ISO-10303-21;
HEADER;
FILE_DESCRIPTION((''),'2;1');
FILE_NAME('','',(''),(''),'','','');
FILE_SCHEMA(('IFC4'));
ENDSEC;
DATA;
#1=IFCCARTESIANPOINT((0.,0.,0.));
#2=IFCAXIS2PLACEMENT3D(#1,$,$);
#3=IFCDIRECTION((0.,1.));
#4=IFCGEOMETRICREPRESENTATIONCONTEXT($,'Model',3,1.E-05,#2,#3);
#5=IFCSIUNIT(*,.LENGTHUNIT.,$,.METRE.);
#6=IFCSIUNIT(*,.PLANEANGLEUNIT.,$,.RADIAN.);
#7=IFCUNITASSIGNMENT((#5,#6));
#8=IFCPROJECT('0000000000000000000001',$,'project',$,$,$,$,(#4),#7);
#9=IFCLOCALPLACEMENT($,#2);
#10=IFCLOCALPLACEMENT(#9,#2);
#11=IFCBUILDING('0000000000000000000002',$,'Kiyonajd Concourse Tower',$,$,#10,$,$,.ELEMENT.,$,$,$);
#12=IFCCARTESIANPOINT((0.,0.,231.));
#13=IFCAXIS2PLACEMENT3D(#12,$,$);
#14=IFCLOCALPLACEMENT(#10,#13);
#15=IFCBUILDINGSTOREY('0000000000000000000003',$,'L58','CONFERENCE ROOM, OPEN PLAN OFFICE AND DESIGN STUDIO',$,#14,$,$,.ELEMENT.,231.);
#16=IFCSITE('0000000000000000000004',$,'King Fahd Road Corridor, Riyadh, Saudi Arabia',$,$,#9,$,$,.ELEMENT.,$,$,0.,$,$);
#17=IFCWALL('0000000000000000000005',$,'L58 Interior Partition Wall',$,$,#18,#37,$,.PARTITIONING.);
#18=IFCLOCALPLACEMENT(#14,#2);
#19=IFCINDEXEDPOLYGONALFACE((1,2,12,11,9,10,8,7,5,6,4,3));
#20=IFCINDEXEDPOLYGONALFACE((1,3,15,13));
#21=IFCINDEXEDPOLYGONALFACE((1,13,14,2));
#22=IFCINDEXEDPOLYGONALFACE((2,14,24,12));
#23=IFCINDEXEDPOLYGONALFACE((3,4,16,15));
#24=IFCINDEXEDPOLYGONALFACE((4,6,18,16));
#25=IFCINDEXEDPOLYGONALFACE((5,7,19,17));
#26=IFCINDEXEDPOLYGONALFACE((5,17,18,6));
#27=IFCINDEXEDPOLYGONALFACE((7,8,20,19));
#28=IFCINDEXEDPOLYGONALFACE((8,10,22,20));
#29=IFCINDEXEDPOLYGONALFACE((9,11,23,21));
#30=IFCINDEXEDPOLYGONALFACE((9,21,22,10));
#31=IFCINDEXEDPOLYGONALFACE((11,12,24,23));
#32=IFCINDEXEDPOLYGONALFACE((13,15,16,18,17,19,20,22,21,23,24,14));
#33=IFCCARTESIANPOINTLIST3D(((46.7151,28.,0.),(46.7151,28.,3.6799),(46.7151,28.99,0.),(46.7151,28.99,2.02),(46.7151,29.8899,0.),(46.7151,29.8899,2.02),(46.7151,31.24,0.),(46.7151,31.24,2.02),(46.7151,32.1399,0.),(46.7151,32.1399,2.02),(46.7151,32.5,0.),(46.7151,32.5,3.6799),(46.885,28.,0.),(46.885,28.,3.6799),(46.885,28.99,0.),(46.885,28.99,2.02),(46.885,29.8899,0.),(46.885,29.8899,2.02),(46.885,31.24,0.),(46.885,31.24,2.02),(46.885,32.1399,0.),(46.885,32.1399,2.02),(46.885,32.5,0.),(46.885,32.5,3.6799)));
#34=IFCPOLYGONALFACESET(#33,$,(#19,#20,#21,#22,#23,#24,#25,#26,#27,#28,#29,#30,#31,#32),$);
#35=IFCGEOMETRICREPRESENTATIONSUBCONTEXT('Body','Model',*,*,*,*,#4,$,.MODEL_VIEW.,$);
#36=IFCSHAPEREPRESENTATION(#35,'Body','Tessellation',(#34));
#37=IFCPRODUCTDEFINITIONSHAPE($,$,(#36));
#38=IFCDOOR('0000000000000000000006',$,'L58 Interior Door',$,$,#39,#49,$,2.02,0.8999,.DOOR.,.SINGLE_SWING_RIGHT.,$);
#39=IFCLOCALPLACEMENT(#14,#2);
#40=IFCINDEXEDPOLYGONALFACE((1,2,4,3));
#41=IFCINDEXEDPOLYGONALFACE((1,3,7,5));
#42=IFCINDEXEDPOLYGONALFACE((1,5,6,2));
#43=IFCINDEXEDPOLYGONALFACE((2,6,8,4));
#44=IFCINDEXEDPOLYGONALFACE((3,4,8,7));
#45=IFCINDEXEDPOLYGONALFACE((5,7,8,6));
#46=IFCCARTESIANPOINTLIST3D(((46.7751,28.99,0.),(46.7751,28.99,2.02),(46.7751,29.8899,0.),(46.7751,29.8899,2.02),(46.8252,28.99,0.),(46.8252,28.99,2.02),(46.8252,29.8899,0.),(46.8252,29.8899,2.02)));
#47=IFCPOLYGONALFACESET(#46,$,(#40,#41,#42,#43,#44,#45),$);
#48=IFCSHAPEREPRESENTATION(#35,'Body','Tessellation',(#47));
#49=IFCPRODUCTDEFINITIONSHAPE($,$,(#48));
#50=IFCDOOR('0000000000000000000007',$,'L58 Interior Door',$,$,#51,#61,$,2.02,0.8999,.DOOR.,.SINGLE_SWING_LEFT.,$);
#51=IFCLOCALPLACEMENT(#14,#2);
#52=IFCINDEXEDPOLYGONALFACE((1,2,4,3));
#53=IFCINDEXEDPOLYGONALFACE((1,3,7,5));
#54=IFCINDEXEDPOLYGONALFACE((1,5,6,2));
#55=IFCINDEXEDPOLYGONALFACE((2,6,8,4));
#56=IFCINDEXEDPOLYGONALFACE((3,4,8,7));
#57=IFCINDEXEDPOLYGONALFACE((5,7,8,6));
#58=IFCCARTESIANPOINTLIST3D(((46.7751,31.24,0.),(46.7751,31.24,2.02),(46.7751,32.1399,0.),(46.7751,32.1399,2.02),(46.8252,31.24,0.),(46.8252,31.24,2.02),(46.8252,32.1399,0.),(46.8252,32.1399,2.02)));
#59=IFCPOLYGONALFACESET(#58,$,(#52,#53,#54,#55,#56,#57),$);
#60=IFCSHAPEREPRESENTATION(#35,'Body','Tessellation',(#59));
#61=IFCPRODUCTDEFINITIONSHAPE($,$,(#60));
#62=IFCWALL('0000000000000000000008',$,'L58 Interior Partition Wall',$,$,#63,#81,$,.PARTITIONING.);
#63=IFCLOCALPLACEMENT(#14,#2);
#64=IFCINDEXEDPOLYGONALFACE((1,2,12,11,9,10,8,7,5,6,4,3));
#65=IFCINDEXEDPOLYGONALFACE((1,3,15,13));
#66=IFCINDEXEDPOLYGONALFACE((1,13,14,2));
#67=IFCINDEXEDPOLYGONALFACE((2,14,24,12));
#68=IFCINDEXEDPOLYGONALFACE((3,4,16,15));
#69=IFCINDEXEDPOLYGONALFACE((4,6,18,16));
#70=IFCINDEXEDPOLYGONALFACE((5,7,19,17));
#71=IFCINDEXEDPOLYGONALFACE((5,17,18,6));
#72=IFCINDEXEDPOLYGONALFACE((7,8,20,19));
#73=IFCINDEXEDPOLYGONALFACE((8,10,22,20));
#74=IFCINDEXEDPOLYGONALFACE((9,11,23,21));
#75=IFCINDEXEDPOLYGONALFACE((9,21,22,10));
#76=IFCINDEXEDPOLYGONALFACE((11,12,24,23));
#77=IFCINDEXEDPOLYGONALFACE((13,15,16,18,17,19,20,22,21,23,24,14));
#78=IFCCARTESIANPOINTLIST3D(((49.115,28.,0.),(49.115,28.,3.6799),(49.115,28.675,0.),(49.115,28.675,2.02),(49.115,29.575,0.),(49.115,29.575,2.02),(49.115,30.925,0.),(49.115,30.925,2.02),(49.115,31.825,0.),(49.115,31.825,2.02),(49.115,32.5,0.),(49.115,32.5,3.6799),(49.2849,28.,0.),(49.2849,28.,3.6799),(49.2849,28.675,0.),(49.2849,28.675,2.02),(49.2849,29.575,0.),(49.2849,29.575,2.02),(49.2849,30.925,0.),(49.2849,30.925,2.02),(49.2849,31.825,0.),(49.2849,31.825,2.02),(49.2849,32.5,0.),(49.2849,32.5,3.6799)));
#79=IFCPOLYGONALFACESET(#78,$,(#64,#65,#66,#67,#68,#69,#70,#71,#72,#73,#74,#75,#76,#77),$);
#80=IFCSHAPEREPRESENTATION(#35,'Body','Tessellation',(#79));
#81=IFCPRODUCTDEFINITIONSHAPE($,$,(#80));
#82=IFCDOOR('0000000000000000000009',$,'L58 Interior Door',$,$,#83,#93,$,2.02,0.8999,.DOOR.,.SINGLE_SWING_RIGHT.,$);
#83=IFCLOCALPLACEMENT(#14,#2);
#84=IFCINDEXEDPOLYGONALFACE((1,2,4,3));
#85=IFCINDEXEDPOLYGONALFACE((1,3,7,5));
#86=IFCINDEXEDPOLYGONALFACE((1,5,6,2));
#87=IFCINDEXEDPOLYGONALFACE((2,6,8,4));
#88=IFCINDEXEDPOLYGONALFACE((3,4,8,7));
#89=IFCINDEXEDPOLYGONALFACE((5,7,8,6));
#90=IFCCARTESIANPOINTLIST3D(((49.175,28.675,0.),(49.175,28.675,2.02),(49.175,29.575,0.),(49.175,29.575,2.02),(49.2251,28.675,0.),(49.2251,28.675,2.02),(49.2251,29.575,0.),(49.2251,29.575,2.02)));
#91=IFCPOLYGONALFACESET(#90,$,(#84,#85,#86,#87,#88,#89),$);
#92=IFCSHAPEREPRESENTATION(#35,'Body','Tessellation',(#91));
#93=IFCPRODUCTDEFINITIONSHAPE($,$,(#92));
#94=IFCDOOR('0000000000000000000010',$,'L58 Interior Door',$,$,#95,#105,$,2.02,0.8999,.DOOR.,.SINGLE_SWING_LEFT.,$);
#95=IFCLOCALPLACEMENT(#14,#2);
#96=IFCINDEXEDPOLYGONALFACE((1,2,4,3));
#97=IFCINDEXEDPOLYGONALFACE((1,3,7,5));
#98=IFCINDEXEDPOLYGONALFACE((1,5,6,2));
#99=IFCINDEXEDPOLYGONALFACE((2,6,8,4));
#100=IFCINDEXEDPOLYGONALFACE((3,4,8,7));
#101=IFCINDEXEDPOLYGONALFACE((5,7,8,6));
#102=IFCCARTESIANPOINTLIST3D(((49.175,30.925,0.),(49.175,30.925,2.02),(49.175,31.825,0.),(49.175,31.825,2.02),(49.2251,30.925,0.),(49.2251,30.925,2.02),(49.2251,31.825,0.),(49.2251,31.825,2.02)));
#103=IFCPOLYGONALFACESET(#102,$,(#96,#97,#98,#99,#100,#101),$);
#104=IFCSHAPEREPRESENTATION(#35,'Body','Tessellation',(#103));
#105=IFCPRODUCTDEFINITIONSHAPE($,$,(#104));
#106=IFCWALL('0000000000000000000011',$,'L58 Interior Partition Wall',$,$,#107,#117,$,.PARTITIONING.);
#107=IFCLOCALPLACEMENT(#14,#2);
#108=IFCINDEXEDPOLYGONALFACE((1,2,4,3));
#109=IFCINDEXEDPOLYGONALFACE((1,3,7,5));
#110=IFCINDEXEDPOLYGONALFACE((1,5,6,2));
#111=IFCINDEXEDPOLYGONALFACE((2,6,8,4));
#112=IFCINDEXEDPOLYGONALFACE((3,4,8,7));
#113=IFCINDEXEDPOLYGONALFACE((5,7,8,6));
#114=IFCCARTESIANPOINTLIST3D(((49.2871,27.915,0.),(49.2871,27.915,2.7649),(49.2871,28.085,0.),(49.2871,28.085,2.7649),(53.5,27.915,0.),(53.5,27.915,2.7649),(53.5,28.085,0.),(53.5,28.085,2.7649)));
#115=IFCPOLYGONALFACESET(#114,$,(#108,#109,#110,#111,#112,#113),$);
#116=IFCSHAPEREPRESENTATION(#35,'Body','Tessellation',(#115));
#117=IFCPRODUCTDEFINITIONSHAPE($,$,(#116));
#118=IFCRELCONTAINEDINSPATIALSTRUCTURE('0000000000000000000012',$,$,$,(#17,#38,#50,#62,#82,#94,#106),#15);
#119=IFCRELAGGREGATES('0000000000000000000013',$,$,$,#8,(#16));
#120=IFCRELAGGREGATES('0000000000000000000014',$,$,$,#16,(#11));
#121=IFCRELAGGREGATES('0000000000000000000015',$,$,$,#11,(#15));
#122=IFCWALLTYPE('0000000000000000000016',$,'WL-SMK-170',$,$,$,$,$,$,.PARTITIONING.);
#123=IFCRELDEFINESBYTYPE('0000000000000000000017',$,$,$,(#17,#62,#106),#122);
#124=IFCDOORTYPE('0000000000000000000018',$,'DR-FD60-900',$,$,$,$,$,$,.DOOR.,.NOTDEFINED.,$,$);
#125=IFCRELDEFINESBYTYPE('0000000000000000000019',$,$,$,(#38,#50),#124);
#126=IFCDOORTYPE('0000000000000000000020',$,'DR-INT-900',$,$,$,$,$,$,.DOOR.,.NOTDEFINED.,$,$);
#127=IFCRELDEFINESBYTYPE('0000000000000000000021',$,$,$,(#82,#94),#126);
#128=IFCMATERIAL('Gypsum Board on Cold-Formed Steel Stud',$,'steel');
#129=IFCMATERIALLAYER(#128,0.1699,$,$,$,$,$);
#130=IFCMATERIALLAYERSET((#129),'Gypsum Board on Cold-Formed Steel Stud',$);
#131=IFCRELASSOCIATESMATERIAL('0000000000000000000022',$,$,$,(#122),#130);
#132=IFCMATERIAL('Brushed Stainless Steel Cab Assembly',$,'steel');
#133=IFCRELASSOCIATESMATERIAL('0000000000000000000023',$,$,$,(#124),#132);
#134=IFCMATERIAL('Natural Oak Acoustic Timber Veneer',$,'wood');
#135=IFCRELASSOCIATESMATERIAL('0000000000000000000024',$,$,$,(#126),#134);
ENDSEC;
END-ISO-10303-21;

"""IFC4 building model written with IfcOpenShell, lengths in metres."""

from ifc_helpers import new_model, si_unit, direction, frame, frame_2d, origin, place, context, subcontext, project, spatial, rectangle, extrude, material, layer, layer_set, type_object, element, fill, save


model = new_model("IFC4")

# Units and contexts
model_context = context("Model", 3, precision=1e-05, world=origin(), true_north=direction((0.0, 1.0)))
body_context = subcontext(model_context, "Body", "Model", "MODEL_VIEW")
ifc_project = project(units=[si_unit("LENGTHUNIT", "METRE"), si_unit("PLANEANGLEUNIT", "RADIAN")], contexts=[model_context])

# Site, building, storey
site_placement = place(None, origin())
site = spatial("IfcSite", under=ifc_project, at=site_placement, Name="King Fahd Road Corridor, Riyadh, Saudi Arabia", CompositionType="ELEMENT", RefElevation=0.0)
building_placement = place(site_placement, origin())
building = spatial("IfcBuilding", under=site, at=building_placement, Name="Kiyonajd Concourse Tower", CompositionType="ELEMENT")
storey_placement = place(building_placement, frame((0.0, 0.0, 231.0)))
storey = spatial("IfcBuildingStorey", under=building, at=storey_placement, Name="L58", Description="CONFERENCE ROOM, OPEN PLAN OFFICE AND DESIGN STUDIO", CompositionType="ELEMENT", Elevation=231.0)

# Shared definitions
ifc_material_1 = material(Name="Gypsum Board on Cold-Formed Steel Stud", Category="steel")

# Shared definitions
ifc_layer_1 = layer(ifc_material_1, 0.1699)
ifc_layer_set_1 = layer_set([ifc_layer_1], Name="Gypsum Board on Cold-Formed Steel Stud")
wall_type_1 = type_object("IfcWallType", Name="WL-SMK-170", PredefinedType="PARTITIONING", material=ifc_layer_set_1)
ifc_material_2 = material(Name="Brushed Stainless Steel Cab Assembly", Category="steel")
door_type_1 = type_object("IfcDoorType", Name="DR-FD60-900", OperationType="NOTDEFINED", PredefinedType="DOOR", material=ifc_material_2)
ifc_material_3 = material(Name="Natural Oak Acoustic Timber Veneer", Category="wood")
door_type_2 = type_object("IfcDoorType", Name="DR-INT-900", OperationType="NOTDEFINED", PredefinedType="DOOR", material=ifc_material_3)

# Walls, openings, doors
wall_1_placement = place(storey_placement, frame((46.8, 28.0, 0.0), z_axis=(0.0, 0.0, 1.0), x_axis=(0.0, 1.0, 0.0)))
wall_1 = element("IfcWall", 1, at=wall_1_placement, inside=storey, type_object=wall_type_1, Name="L58 Interior Partition Wall", PredefinedType="PARTITIONING", context=body_context, shape_type="SweptSolid", body=[
    extrude(rectangle(XDim=4.5, YDim=0.1699, at=frame_2d((2.25, 0.0))), origin(), (0.0, 0.0, 1.0), 3.6799),
])
opening_1_placement = place(wall_1_placement, frame((0.99, 0.0, 0.0)))
opening_1 = element("IfcOpeningElement", 2, at=opening_1_placement, cuts=wall_1, PredefinedType="OPENING", context=body_context, shape_type="SweptSolid", body=[
    extrude(rectangle(XDim=0.8999, YDim=2.02, at=frame_2d((0.45, 1.01))), frame((0.0, 0.095, 0.0), z_axis=(0.0, -1.0, 0.0), x_axis=(1.0, 0.0, 0.0)), (0.0, 0.0, 1.0), 0.1899),
])
opening_2_placement = place(wall_1_placement, frame((3.24, 0.0, 0.0)))
opening_2 = element("IfcOpeningElement", 3, at=opening_2_placement, cuts=wall_1, PredefinedType="OPENING", context=body_context, shape_type="SweptSolid", body=[
    extrude(rectangle(XDim=0.8999, YDim=2.02, at=frame_2d((0.45, 1.01))), frame((0.0, 0.095, 0.0), z_axis=(0.0, -1.0, 0.0), x_axis=(1.0, 0.0, 0.0)), (0.0, 0.0, 1.0), 0.1899),
])
door_1_placement = place(opening_1_placement, origin())
door_1 = element("IfcDoor", 4, at=door_1_placement, inside=storey, type_object=door_type_1, Name="L58 Interior Door", OperationType="SINGLE_SWING_RIGHT", OverallHeight=2.02, OverallWidth=0.8999, PredefinedType="DOOR", context=body_context, shape_type="SweptSolid", body=[
    extrude(rectangle(XDim=0.8999, YDim=2.02, at=frame_2d((0.45, 1.01))), frame((0.0, 0.0249, 0.0), z_axis=(0.0, -1.0, 0.0), x_axis=(1.0, 0.0, 0.0)), (0.0, 0.0, 1.0), 0.05),
])
fill(opening_1, door_1)
door_2_placement = place(opening_2_placement, origin())
door_2 = element("IfcDoor", 5, at=door_2_placement, inside=storey, type_object=door_type_1, Name="L58 Interior Door", OperationType="SINGLE_SWING_LEFT", OverallHeight=2.02, OverallWidth=0.8999, PredefinedType="DOOR", context=body_context, shape_type="SweptSolid", body=[
    extrude(rectangle(XDim=0.8999, YDim=2.02, at=frame_2d((0.45, 1.01))), frame((0.0, 0.0249, 0.0), z_axis=(0.0, -1.0, 0.0), x_axis=(1.0, 0.0, 0.0)), (0.0, 0.0, 1.0), 0.05),
])
fill(opening_2, door_2)
wall_2_placement = place(storey_placement, frame((49.2, 28.0, 0.0), z_axis=(0.0, 0.0, 1.0), x_axis=(0.0, 1.0, 0.0)))
wall_2 = element("IfcWall", 6, at=wall_2_placement, inside=storey, type_object=wall_type_1, Name="L58 Interior Partition Wall", PredefinedType="PARTITIONING", context=body_context, shape_type="SweptSolid", body=[
    extrude(rectangle(XDim=4.5, YDim=0.1699, at=frame_2d((2.25, 0.0))), origin(), (0.0, 0.0, 1.0), 3.6799),
])
opening_3_placement = place(wall_2_placement, frame((0.675, 0.0, 0.0)))
opening_3 = element("IfcOpeningElement", 7, at=opening_3_placement, cuts=wall_2, PredefinedType="OPENING", context=body_context, shape_type="SweptSolid", body=[
    extrude(rectangle(XDim=0.8999, YDim=2.02, at=frame_2d((0.45, 1.01))), frame((0.0, 0.095, 0.0), z_axis=(0.0, -1.0, 0.0), x_axis=(1.0, 0.0, 0.0)), (0.0, 0.0, 1.0), 0.1899),
])
opening_4_placement = place(wall_2_placement, frame((2.925, 0.0, 0.0)))
opening_4 = element("IfcOpeningElement", 8, at=opening_4_placement, cuts=wall_2, PredefinedType="OPENING", context=body_context, shape_type="SweptSolid", body=[
    extrude(rectangle(XDim=0.8999, YDim=2.02, at=frame_2d((0.45, 1.01))), frame((0.0, 0.095, 0.0), z_axis=(0.0, -1.0, 0.0), x_axis=(1.0, 0.0, 0.0)), (0.0, 0.0, 1.0), 0.1899),
])
door_3_placement = place(opening_3_placement, origin())
door_3 = element("IfcDoor", 9, at=door_3_placement, inside=storey, type_object=door_type_2, Name="L58 Interior Door", OperationType="SINGLE_SWING_RIGHT", OverallHeight=2.02, OverallWidth=0.8999, PredefinedType="DOOR", context=body_context, shape_type="SweptSolid", body=[
    extrude(rectangle(XDim=0.8999, YDim=2.02, at=frame_2d((0.45, 1.01))), frame((0.0, 0.0249, 0.0), z_axis=(0.0, -1.0, 0.0), x_axis=(1.0, 0.0, 0.0)), (0.0, 0.0, 1.0), 0.05),
])
fill(opening_3, door_3)
door_4_placement = place(opening_4_placement, origin())
door_4 = element("IfcDoor", 10, at=door_4_placement, inside=storey, type_object=door_type_2, Name="L58 Interior Door", OperationType="SINGLE_SWING_LEFT", OverallHeight=2.02, OverallWidth=0.8999, PredefinedType="DOOR", context=body_context, shape_type="SweptSolid", body=[
    extrude(rectangle(XDim=0.8999, YDim=2.02, at=frame_2d((0.45, 1.01))), frame((0.0, 0.0249, 0.0), z_axis=(0.0, -1.0, 0.0), x_axis=(1.0, 0.0, 0.0)), (0.0, 0.0, 1.0), 0.05),
])
fill(opening_4, door_4)

# Wall
wall_3_placement = place(storey_placement, frame((49.2871, 28.0, 0.0), z_axis=(0.0, 0.0, 1.0), x_axis=(1.0, 0.0, 0.0)))
element("IfcWall", 11, at=wall_3_placement, inside=storey, type_object=wall_type_1, Name="L58 Interior Partition Wall", PredefinedType="PARTITIONING", context=body_context, shape_type="SweptSolid", body=[
    extrude(rectangle(XDim=4.2129, YDim=0.1699, at=frame_2d((2.1064, 0.0))), origin(), (0.0, 0.0, 1.0), 2.7649),
])

save(model, "model.ifc")
